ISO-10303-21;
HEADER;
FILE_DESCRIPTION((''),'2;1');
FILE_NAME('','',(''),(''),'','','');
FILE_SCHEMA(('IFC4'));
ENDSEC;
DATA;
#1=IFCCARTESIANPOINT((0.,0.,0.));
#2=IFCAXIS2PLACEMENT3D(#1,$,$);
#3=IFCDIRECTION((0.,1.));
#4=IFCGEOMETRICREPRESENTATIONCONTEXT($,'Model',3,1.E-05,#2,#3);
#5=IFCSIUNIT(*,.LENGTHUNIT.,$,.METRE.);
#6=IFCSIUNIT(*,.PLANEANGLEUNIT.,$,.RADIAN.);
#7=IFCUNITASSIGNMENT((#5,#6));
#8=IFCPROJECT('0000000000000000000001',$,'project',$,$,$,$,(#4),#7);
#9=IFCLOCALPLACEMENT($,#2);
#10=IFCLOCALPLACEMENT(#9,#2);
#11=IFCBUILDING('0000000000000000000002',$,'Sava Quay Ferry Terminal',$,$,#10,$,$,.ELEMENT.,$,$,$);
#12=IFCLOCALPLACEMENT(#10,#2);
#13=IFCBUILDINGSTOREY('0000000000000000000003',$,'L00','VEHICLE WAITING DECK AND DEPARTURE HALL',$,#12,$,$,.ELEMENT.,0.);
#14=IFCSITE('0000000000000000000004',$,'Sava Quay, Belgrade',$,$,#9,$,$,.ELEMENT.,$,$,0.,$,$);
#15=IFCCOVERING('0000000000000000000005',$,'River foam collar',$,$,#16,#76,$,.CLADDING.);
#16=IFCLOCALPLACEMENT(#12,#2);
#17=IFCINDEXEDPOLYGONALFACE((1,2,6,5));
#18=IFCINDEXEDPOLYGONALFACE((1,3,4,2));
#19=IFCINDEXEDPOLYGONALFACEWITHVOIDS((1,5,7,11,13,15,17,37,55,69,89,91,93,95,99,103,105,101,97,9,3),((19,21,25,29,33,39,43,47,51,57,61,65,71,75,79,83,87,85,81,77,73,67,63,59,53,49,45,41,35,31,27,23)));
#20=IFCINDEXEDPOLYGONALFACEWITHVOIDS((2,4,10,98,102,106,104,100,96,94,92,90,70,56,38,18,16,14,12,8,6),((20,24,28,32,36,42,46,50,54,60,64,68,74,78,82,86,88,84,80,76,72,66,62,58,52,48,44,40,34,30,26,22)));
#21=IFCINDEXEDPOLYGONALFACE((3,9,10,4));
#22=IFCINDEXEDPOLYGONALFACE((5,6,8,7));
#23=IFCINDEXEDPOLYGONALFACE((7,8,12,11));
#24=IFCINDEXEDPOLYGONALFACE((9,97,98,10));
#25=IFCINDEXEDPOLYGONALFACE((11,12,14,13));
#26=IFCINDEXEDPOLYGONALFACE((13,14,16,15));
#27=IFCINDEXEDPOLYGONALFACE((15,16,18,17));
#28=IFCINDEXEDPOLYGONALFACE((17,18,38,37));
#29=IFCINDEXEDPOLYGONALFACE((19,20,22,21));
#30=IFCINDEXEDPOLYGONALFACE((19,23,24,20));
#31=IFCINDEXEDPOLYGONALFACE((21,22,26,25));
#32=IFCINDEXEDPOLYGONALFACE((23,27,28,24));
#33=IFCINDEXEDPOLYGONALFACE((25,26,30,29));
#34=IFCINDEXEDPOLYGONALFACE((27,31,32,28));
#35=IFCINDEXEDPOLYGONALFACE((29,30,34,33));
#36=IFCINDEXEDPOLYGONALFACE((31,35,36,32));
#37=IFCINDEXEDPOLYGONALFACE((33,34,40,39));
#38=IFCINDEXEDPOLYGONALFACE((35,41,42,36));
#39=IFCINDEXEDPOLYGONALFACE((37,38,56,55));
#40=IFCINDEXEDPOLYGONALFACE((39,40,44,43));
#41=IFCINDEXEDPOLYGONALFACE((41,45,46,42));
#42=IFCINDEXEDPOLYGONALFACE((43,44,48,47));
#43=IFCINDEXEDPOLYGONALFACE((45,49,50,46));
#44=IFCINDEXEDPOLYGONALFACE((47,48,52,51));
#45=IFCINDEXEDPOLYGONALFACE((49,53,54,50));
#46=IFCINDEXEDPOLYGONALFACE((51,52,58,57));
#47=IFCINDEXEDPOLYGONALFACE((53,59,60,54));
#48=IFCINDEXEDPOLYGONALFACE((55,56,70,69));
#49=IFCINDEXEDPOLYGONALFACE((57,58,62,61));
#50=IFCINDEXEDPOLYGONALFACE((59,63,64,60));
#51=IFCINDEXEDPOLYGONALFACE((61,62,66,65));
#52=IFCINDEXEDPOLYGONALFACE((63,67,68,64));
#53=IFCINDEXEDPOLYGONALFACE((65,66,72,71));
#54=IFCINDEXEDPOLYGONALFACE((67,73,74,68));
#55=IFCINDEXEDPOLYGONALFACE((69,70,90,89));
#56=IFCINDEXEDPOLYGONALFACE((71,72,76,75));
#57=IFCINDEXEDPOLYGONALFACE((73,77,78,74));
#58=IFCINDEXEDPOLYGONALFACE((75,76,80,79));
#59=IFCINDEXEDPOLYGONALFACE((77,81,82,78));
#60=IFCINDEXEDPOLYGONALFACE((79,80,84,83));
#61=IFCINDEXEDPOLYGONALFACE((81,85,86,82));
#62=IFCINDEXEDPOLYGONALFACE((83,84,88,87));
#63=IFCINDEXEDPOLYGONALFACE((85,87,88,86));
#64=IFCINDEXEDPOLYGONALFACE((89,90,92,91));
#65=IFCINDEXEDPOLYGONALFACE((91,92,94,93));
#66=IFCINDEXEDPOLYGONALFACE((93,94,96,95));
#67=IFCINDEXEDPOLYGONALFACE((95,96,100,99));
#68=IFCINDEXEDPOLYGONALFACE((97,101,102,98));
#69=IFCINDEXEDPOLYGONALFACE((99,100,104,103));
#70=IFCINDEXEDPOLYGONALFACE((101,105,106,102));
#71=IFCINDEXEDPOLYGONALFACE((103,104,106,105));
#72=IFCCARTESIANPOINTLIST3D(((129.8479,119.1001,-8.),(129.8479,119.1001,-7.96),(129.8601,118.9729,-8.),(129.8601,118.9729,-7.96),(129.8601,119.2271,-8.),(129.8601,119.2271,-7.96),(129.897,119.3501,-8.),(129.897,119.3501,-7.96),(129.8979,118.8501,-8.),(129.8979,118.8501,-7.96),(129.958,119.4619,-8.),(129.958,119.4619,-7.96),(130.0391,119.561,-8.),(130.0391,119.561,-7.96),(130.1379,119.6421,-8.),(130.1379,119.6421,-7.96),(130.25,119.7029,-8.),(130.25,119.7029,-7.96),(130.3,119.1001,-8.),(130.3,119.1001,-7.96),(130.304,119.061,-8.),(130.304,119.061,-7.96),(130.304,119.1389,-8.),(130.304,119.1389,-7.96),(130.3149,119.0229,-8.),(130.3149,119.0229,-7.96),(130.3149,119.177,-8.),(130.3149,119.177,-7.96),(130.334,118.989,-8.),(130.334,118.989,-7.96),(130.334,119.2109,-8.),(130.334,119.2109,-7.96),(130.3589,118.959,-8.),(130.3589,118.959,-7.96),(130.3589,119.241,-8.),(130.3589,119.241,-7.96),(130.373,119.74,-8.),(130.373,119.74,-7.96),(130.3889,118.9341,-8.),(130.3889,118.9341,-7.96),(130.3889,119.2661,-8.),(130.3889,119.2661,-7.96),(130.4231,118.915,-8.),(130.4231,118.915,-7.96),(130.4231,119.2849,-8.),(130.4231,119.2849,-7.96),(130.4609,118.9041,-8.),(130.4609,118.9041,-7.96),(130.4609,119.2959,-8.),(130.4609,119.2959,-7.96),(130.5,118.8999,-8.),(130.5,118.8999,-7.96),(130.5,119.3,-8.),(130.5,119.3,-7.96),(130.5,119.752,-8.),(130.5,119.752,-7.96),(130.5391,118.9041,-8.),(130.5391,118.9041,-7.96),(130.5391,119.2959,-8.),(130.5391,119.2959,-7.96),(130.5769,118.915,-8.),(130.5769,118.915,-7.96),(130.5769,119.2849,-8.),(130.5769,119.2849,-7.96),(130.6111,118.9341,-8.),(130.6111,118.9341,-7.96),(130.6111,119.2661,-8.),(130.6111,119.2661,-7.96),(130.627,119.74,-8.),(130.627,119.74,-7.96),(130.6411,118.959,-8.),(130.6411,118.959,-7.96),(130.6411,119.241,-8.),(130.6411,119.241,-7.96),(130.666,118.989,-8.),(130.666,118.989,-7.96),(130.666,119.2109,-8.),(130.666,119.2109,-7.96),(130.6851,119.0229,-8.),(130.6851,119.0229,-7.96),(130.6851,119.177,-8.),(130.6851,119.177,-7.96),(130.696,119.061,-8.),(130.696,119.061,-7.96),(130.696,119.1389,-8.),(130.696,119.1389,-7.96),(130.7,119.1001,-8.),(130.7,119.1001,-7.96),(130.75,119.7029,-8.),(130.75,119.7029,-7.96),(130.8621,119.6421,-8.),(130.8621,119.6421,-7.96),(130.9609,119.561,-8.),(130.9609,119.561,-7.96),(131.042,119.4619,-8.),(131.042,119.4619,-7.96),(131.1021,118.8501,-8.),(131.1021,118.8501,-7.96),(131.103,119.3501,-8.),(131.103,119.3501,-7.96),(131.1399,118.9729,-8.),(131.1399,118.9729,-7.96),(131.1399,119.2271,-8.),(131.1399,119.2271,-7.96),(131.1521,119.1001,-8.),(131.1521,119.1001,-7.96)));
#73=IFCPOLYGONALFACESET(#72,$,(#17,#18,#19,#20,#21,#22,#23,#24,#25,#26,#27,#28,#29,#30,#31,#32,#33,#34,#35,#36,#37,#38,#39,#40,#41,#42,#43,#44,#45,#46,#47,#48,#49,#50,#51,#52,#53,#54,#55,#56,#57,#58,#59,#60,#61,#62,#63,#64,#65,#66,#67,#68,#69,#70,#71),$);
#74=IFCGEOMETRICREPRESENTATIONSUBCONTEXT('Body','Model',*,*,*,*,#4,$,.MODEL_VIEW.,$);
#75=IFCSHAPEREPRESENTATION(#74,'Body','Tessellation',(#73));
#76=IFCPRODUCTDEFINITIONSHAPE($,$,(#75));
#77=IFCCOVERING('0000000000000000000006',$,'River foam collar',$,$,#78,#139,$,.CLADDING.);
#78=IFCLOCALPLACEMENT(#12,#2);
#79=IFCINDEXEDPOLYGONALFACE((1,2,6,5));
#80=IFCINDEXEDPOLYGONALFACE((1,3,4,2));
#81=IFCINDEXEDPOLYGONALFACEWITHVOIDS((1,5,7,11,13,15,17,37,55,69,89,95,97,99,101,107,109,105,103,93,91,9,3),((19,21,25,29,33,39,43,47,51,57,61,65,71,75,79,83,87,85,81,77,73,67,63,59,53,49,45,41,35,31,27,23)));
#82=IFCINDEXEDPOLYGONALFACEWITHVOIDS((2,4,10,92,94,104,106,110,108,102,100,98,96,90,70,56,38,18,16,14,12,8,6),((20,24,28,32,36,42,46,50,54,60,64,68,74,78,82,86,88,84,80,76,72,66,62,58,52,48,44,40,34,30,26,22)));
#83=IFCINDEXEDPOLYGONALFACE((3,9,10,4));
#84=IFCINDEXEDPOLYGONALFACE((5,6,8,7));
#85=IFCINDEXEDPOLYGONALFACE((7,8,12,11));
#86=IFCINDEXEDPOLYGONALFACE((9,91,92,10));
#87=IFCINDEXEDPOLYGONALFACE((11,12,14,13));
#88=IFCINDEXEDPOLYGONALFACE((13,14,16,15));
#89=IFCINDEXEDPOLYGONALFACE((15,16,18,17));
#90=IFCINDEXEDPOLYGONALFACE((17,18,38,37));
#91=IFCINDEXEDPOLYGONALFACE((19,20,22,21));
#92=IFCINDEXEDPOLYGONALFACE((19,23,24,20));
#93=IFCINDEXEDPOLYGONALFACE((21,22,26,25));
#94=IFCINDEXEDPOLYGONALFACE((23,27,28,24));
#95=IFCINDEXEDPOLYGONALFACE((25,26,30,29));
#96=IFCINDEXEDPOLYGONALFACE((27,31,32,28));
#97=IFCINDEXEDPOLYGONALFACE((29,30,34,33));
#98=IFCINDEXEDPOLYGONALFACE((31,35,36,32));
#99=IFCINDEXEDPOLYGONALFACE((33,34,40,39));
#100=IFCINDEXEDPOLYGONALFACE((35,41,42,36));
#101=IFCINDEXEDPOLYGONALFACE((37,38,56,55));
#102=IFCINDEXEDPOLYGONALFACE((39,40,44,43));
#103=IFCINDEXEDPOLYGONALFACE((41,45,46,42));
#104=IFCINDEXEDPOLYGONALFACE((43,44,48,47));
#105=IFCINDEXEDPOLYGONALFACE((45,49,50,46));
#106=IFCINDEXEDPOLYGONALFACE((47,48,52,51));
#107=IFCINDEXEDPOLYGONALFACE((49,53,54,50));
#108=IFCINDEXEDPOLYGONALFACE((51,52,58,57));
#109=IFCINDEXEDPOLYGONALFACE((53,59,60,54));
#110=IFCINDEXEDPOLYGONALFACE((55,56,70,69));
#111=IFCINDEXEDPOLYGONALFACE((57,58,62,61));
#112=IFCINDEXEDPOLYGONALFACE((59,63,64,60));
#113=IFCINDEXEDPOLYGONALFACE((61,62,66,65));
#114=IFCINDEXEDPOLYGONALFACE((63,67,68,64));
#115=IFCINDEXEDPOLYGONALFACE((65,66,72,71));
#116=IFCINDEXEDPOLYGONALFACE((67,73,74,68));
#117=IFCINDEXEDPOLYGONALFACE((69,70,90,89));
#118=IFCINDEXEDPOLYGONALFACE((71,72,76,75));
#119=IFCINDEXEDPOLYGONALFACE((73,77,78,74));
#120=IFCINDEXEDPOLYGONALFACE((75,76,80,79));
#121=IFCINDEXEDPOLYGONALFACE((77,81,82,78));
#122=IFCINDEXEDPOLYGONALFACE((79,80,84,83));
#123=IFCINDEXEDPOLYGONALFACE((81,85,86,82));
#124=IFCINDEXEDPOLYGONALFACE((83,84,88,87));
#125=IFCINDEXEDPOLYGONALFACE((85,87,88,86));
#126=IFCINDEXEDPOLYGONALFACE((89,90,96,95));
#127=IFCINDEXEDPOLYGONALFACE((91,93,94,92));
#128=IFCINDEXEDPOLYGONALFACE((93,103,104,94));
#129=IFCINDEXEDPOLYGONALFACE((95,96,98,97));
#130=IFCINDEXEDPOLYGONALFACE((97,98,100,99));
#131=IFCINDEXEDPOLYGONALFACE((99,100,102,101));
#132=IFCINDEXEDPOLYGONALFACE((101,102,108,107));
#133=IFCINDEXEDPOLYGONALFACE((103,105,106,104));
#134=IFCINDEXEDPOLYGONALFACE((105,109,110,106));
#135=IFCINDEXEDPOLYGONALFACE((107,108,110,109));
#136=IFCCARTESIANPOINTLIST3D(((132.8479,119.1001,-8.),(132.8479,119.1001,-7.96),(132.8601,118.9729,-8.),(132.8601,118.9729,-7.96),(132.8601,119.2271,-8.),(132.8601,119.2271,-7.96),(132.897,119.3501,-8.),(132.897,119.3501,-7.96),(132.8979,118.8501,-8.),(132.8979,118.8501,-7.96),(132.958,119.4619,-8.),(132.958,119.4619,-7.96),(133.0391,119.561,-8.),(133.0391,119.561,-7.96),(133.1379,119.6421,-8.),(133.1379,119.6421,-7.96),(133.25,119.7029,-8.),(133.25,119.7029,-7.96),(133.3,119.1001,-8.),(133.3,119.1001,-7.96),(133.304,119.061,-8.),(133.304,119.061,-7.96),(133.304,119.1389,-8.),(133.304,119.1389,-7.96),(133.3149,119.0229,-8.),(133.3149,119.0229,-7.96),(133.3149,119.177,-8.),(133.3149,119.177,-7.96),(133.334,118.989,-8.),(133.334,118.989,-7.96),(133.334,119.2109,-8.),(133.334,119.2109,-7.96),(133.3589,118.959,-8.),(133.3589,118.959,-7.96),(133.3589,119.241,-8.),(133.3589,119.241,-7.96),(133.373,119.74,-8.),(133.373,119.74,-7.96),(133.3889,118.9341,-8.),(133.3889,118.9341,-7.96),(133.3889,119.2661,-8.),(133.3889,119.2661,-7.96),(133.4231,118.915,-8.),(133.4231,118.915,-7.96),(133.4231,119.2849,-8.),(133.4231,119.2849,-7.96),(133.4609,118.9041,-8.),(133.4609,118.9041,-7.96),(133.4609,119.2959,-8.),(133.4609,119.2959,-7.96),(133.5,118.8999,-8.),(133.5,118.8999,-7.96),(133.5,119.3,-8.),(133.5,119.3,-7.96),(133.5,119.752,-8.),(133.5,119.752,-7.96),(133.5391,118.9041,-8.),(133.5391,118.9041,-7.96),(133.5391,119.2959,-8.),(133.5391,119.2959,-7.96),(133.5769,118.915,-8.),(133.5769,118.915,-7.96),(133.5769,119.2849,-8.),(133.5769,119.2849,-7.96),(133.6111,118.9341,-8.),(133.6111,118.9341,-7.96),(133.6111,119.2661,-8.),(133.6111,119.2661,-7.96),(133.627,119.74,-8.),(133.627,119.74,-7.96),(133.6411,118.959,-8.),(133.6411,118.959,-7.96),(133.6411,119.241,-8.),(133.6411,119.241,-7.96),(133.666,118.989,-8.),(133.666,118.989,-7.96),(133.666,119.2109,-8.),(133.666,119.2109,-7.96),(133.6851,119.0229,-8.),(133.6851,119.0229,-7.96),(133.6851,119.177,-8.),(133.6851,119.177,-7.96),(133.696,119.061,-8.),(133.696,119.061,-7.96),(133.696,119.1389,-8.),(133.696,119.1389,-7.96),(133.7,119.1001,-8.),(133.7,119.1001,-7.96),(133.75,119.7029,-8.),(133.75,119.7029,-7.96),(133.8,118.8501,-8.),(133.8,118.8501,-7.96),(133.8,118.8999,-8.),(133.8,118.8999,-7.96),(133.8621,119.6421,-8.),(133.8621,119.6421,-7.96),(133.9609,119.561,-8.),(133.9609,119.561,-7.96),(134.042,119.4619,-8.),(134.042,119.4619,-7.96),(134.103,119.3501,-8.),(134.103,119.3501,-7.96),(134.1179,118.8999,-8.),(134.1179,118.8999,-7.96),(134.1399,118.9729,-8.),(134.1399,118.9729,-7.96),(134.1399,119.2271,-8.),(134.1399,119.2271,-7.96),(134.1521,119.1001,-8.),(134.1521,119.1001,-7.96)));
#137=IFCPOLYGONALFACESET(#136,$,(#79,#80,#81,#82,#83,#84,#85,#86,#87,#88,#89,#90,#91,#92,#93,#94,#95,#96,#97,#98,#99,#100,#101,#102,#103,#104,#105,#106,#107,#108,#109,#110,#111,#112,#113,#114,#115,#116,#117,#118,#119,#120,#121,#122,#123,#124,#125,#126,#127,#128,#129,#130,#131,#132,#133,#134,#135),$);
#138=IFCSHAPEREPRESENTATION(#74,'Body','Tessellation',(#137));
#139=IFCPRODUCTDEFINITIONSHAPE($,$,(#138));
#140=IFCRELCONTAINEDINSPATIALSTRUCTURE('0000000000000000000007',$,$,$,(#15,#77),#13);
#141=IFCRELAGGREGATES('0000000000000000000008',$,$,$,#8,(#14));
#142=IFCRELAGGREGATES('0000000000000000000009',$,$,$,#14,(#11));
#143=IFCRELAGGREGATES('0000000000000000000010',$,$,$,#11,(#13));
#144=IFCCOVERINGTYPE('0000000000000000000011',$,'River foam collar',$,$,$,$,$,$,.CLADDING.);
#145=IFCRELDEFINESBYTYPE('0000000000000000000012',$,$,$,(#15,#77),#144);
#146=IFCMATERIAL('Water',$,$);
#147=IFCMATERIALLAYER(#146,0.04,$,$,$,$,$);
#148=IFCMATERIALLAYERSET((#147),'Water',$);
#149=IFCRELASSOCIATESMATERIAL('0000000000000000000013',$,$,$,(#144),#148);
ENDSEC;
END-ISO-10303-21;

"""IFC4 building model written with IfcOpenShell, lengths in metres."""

from ifc_helpers import new_model, si_unit, direction, frame, origin, place, context, subcontext, project, spatial, polyline, outline, extrude, material, layer, layer_set, type_object, element, save


model = new_model("IFC4")

# Units and contexts
model_context = context("Model", 3, precision=1e-05, world=origin(), true_north=direction((0.0, 1.0)))
body_context = subcontext(model_context, "Body", "Model", "MODEL_VIEW")
ifc_project = project(units=[si_unit("LENGTHUNIT", "METRE"), si_unit("PLANEANGLEUNIT", "RADIAN")], contexts=[model_context])

# Site, building, storey
site_placement = place(None, origin())
site = spatial("IfcSite", under=ifc_project, at=site_placement, Name="Sava Quay, Belgrade", CompositionType="ELEMENT", RefElevation=0.0)
building_placement = place(site_placement, origin())
building = spatial("IfcBuilding", under=site, at=building_placement, Name="Sava Quay Ferry Terminal", CompositionType="ELEMENT")
storey_placement = place(building_placement, origin())
storey = spatial("IfcBuildingStorey", under=building, at=storey_placement, Name="L00", Description="VEHICLE WAITING DECK AND DEPARTURE HALL", CompositionType="ELEMENT", Elevation=0.0)

# Coverings
ifc_material = material(Name="Water")
ifc_layer = layer(ifc_material, 0.04)
ifc_layer_set = layer_set([ifc_layer], Name="Water")
covering_type = type_object("IfcCoveringType", Name="River foam collar", PredefinedType="CLADDING", material=ifc_layer_set)
covering_1_placement = place(storey_placement, frame((0.0, 0.0, -8.0)))
element("IfcCovering", 1, at=covering_1_placement, inside=storey, type_object=covering_type, Name="River foam collar", PredefinedType="CLADDING", context=body_context, shape_type="SweptSolid", body=[
    extrude(outline(polyline([(130.75, 119.7029), (130.627, 119.74), (130.5, 119.752), (130.373, 119.74), (130.25, 119.7029), (130.1379, 119.6421), (130.0391, 119.561), (129.958, 119.4619), (129.897, 119.3501), (129.8601, 119.2271), (129.8479, 119.1001), (129.8601, 118.9729), (129.8979, 118.8501), (131.1021, 118.8501), (131.1399, 118.9729), (131.1521, 119.1001), (131.1399, 119.2271), (131.103, 119.3501), (131.042, 119.4619), (130.9609, 119.561), (130.8621, 119.6421), (130.75, 119.7029)]), holes=[polyline([(130.6411, 119.241), (130.666, 119.2109), (130.6851, 119.177), (130.696, 119.1389), (130.7, 119.1001), (130.696, 119.061), (130.6851, 119.0229), (130.666, 118.989), (130.6411, 118.959), (130.6111, 118.9341), (130.5769, 118.915), (130.5391, 118.9041), (130.5, 118.8999), (130.4609, 118.9041), (130.4231, 118.915), (130.3889, 118.9341), (130.3589, 118.959), (130.334, 118.989), (130.3149, 119.0229), (130.304, 119.061), (130.3, 119.1001), (130.304, 119.1389), (130.3149, 119.177), (130.334, 119.2109), (130.3589, 119.241), (130.3889, 119.2661), (130.4231, 119.2849), (130.4609, 119.2959), (130.5, 119.3), (130.5391, 119.2959), (130.5769, 119.2849), (130.6111, 119.2661), (130.6411, 119.241)])]), origin(), (0.0, 0.0, 1.0), 0.04),
])
covering_2_placement = place(storey_placement, frame((0.0, 0.0, -8.0)))
element("IfcCovering", 2, at=covering_2_placement, inside=storey, type_object=covering_type, Name="River foam collar", PredefinedType="CLADDING", context=body_context, shape_type="SweptSolid", body=[
    extrude(outline(polyline([(133.373, 119.74), (133.25, 119.7029), (133.1379, 119.6421), (133.0391, 119.561), (132.958, 119.4619), (132.897, 119.3501), (132.8601, 119.2271), (132.8479, 119.1001), (132.8601, 118.9729), (132.8979, 118.8501), (133.8, 118.8501), (133.8, 118.8999), (134.1179, 118.8999), (134.1399, 118.9729), (134.1521, 119.1001), (134.1399, 119.2271), (134.103, 119.3501), (134.042, 119.4619), (133.9609, 119.561), (133.8621, 119.6421), (133.75, 119.7029), (133.627, 119.74), (133.5, 119.752), (133.373, 119.74)]), holes=[polyline([(133.6111, 119.2661), (133.6411, 119.241), (133.666, 119.2109), (133.6851, 119.177), (133.696, 119.1389), (133.7, 119.1001), (133.696, 119.061), (133.6851, 119.0229), (133.666, 118.989), (133.6411, 118.959), (133.6111, 118.9341), (133.5769, 118.915), (133.5391, 118.9041), (133.5, 118.8999), (133.4609, 118.9041), (133.4231, 118.915), (133.3889, 118.9341), (133.3589, 118.959), (133.334, 118.989), (133.3149, 119.0229), (133.304, 119.061), (133.3, 119.1001), (133.304, 119.1389), (133.3149, 119.177), (133.334, 119.2109), (133.3589, 119.241), (133.3889, 119.2661), (133.4231, 119.2849), (133.4609, 119.2959), (133.5, 119.3), (133.5391, 119.2959), (133.5769, 119.2849), (133.6111, 119.2661)])]), origin(), (0.0, 0.0, 1.0), 0.04),
])

save(model, "model.ifc")
